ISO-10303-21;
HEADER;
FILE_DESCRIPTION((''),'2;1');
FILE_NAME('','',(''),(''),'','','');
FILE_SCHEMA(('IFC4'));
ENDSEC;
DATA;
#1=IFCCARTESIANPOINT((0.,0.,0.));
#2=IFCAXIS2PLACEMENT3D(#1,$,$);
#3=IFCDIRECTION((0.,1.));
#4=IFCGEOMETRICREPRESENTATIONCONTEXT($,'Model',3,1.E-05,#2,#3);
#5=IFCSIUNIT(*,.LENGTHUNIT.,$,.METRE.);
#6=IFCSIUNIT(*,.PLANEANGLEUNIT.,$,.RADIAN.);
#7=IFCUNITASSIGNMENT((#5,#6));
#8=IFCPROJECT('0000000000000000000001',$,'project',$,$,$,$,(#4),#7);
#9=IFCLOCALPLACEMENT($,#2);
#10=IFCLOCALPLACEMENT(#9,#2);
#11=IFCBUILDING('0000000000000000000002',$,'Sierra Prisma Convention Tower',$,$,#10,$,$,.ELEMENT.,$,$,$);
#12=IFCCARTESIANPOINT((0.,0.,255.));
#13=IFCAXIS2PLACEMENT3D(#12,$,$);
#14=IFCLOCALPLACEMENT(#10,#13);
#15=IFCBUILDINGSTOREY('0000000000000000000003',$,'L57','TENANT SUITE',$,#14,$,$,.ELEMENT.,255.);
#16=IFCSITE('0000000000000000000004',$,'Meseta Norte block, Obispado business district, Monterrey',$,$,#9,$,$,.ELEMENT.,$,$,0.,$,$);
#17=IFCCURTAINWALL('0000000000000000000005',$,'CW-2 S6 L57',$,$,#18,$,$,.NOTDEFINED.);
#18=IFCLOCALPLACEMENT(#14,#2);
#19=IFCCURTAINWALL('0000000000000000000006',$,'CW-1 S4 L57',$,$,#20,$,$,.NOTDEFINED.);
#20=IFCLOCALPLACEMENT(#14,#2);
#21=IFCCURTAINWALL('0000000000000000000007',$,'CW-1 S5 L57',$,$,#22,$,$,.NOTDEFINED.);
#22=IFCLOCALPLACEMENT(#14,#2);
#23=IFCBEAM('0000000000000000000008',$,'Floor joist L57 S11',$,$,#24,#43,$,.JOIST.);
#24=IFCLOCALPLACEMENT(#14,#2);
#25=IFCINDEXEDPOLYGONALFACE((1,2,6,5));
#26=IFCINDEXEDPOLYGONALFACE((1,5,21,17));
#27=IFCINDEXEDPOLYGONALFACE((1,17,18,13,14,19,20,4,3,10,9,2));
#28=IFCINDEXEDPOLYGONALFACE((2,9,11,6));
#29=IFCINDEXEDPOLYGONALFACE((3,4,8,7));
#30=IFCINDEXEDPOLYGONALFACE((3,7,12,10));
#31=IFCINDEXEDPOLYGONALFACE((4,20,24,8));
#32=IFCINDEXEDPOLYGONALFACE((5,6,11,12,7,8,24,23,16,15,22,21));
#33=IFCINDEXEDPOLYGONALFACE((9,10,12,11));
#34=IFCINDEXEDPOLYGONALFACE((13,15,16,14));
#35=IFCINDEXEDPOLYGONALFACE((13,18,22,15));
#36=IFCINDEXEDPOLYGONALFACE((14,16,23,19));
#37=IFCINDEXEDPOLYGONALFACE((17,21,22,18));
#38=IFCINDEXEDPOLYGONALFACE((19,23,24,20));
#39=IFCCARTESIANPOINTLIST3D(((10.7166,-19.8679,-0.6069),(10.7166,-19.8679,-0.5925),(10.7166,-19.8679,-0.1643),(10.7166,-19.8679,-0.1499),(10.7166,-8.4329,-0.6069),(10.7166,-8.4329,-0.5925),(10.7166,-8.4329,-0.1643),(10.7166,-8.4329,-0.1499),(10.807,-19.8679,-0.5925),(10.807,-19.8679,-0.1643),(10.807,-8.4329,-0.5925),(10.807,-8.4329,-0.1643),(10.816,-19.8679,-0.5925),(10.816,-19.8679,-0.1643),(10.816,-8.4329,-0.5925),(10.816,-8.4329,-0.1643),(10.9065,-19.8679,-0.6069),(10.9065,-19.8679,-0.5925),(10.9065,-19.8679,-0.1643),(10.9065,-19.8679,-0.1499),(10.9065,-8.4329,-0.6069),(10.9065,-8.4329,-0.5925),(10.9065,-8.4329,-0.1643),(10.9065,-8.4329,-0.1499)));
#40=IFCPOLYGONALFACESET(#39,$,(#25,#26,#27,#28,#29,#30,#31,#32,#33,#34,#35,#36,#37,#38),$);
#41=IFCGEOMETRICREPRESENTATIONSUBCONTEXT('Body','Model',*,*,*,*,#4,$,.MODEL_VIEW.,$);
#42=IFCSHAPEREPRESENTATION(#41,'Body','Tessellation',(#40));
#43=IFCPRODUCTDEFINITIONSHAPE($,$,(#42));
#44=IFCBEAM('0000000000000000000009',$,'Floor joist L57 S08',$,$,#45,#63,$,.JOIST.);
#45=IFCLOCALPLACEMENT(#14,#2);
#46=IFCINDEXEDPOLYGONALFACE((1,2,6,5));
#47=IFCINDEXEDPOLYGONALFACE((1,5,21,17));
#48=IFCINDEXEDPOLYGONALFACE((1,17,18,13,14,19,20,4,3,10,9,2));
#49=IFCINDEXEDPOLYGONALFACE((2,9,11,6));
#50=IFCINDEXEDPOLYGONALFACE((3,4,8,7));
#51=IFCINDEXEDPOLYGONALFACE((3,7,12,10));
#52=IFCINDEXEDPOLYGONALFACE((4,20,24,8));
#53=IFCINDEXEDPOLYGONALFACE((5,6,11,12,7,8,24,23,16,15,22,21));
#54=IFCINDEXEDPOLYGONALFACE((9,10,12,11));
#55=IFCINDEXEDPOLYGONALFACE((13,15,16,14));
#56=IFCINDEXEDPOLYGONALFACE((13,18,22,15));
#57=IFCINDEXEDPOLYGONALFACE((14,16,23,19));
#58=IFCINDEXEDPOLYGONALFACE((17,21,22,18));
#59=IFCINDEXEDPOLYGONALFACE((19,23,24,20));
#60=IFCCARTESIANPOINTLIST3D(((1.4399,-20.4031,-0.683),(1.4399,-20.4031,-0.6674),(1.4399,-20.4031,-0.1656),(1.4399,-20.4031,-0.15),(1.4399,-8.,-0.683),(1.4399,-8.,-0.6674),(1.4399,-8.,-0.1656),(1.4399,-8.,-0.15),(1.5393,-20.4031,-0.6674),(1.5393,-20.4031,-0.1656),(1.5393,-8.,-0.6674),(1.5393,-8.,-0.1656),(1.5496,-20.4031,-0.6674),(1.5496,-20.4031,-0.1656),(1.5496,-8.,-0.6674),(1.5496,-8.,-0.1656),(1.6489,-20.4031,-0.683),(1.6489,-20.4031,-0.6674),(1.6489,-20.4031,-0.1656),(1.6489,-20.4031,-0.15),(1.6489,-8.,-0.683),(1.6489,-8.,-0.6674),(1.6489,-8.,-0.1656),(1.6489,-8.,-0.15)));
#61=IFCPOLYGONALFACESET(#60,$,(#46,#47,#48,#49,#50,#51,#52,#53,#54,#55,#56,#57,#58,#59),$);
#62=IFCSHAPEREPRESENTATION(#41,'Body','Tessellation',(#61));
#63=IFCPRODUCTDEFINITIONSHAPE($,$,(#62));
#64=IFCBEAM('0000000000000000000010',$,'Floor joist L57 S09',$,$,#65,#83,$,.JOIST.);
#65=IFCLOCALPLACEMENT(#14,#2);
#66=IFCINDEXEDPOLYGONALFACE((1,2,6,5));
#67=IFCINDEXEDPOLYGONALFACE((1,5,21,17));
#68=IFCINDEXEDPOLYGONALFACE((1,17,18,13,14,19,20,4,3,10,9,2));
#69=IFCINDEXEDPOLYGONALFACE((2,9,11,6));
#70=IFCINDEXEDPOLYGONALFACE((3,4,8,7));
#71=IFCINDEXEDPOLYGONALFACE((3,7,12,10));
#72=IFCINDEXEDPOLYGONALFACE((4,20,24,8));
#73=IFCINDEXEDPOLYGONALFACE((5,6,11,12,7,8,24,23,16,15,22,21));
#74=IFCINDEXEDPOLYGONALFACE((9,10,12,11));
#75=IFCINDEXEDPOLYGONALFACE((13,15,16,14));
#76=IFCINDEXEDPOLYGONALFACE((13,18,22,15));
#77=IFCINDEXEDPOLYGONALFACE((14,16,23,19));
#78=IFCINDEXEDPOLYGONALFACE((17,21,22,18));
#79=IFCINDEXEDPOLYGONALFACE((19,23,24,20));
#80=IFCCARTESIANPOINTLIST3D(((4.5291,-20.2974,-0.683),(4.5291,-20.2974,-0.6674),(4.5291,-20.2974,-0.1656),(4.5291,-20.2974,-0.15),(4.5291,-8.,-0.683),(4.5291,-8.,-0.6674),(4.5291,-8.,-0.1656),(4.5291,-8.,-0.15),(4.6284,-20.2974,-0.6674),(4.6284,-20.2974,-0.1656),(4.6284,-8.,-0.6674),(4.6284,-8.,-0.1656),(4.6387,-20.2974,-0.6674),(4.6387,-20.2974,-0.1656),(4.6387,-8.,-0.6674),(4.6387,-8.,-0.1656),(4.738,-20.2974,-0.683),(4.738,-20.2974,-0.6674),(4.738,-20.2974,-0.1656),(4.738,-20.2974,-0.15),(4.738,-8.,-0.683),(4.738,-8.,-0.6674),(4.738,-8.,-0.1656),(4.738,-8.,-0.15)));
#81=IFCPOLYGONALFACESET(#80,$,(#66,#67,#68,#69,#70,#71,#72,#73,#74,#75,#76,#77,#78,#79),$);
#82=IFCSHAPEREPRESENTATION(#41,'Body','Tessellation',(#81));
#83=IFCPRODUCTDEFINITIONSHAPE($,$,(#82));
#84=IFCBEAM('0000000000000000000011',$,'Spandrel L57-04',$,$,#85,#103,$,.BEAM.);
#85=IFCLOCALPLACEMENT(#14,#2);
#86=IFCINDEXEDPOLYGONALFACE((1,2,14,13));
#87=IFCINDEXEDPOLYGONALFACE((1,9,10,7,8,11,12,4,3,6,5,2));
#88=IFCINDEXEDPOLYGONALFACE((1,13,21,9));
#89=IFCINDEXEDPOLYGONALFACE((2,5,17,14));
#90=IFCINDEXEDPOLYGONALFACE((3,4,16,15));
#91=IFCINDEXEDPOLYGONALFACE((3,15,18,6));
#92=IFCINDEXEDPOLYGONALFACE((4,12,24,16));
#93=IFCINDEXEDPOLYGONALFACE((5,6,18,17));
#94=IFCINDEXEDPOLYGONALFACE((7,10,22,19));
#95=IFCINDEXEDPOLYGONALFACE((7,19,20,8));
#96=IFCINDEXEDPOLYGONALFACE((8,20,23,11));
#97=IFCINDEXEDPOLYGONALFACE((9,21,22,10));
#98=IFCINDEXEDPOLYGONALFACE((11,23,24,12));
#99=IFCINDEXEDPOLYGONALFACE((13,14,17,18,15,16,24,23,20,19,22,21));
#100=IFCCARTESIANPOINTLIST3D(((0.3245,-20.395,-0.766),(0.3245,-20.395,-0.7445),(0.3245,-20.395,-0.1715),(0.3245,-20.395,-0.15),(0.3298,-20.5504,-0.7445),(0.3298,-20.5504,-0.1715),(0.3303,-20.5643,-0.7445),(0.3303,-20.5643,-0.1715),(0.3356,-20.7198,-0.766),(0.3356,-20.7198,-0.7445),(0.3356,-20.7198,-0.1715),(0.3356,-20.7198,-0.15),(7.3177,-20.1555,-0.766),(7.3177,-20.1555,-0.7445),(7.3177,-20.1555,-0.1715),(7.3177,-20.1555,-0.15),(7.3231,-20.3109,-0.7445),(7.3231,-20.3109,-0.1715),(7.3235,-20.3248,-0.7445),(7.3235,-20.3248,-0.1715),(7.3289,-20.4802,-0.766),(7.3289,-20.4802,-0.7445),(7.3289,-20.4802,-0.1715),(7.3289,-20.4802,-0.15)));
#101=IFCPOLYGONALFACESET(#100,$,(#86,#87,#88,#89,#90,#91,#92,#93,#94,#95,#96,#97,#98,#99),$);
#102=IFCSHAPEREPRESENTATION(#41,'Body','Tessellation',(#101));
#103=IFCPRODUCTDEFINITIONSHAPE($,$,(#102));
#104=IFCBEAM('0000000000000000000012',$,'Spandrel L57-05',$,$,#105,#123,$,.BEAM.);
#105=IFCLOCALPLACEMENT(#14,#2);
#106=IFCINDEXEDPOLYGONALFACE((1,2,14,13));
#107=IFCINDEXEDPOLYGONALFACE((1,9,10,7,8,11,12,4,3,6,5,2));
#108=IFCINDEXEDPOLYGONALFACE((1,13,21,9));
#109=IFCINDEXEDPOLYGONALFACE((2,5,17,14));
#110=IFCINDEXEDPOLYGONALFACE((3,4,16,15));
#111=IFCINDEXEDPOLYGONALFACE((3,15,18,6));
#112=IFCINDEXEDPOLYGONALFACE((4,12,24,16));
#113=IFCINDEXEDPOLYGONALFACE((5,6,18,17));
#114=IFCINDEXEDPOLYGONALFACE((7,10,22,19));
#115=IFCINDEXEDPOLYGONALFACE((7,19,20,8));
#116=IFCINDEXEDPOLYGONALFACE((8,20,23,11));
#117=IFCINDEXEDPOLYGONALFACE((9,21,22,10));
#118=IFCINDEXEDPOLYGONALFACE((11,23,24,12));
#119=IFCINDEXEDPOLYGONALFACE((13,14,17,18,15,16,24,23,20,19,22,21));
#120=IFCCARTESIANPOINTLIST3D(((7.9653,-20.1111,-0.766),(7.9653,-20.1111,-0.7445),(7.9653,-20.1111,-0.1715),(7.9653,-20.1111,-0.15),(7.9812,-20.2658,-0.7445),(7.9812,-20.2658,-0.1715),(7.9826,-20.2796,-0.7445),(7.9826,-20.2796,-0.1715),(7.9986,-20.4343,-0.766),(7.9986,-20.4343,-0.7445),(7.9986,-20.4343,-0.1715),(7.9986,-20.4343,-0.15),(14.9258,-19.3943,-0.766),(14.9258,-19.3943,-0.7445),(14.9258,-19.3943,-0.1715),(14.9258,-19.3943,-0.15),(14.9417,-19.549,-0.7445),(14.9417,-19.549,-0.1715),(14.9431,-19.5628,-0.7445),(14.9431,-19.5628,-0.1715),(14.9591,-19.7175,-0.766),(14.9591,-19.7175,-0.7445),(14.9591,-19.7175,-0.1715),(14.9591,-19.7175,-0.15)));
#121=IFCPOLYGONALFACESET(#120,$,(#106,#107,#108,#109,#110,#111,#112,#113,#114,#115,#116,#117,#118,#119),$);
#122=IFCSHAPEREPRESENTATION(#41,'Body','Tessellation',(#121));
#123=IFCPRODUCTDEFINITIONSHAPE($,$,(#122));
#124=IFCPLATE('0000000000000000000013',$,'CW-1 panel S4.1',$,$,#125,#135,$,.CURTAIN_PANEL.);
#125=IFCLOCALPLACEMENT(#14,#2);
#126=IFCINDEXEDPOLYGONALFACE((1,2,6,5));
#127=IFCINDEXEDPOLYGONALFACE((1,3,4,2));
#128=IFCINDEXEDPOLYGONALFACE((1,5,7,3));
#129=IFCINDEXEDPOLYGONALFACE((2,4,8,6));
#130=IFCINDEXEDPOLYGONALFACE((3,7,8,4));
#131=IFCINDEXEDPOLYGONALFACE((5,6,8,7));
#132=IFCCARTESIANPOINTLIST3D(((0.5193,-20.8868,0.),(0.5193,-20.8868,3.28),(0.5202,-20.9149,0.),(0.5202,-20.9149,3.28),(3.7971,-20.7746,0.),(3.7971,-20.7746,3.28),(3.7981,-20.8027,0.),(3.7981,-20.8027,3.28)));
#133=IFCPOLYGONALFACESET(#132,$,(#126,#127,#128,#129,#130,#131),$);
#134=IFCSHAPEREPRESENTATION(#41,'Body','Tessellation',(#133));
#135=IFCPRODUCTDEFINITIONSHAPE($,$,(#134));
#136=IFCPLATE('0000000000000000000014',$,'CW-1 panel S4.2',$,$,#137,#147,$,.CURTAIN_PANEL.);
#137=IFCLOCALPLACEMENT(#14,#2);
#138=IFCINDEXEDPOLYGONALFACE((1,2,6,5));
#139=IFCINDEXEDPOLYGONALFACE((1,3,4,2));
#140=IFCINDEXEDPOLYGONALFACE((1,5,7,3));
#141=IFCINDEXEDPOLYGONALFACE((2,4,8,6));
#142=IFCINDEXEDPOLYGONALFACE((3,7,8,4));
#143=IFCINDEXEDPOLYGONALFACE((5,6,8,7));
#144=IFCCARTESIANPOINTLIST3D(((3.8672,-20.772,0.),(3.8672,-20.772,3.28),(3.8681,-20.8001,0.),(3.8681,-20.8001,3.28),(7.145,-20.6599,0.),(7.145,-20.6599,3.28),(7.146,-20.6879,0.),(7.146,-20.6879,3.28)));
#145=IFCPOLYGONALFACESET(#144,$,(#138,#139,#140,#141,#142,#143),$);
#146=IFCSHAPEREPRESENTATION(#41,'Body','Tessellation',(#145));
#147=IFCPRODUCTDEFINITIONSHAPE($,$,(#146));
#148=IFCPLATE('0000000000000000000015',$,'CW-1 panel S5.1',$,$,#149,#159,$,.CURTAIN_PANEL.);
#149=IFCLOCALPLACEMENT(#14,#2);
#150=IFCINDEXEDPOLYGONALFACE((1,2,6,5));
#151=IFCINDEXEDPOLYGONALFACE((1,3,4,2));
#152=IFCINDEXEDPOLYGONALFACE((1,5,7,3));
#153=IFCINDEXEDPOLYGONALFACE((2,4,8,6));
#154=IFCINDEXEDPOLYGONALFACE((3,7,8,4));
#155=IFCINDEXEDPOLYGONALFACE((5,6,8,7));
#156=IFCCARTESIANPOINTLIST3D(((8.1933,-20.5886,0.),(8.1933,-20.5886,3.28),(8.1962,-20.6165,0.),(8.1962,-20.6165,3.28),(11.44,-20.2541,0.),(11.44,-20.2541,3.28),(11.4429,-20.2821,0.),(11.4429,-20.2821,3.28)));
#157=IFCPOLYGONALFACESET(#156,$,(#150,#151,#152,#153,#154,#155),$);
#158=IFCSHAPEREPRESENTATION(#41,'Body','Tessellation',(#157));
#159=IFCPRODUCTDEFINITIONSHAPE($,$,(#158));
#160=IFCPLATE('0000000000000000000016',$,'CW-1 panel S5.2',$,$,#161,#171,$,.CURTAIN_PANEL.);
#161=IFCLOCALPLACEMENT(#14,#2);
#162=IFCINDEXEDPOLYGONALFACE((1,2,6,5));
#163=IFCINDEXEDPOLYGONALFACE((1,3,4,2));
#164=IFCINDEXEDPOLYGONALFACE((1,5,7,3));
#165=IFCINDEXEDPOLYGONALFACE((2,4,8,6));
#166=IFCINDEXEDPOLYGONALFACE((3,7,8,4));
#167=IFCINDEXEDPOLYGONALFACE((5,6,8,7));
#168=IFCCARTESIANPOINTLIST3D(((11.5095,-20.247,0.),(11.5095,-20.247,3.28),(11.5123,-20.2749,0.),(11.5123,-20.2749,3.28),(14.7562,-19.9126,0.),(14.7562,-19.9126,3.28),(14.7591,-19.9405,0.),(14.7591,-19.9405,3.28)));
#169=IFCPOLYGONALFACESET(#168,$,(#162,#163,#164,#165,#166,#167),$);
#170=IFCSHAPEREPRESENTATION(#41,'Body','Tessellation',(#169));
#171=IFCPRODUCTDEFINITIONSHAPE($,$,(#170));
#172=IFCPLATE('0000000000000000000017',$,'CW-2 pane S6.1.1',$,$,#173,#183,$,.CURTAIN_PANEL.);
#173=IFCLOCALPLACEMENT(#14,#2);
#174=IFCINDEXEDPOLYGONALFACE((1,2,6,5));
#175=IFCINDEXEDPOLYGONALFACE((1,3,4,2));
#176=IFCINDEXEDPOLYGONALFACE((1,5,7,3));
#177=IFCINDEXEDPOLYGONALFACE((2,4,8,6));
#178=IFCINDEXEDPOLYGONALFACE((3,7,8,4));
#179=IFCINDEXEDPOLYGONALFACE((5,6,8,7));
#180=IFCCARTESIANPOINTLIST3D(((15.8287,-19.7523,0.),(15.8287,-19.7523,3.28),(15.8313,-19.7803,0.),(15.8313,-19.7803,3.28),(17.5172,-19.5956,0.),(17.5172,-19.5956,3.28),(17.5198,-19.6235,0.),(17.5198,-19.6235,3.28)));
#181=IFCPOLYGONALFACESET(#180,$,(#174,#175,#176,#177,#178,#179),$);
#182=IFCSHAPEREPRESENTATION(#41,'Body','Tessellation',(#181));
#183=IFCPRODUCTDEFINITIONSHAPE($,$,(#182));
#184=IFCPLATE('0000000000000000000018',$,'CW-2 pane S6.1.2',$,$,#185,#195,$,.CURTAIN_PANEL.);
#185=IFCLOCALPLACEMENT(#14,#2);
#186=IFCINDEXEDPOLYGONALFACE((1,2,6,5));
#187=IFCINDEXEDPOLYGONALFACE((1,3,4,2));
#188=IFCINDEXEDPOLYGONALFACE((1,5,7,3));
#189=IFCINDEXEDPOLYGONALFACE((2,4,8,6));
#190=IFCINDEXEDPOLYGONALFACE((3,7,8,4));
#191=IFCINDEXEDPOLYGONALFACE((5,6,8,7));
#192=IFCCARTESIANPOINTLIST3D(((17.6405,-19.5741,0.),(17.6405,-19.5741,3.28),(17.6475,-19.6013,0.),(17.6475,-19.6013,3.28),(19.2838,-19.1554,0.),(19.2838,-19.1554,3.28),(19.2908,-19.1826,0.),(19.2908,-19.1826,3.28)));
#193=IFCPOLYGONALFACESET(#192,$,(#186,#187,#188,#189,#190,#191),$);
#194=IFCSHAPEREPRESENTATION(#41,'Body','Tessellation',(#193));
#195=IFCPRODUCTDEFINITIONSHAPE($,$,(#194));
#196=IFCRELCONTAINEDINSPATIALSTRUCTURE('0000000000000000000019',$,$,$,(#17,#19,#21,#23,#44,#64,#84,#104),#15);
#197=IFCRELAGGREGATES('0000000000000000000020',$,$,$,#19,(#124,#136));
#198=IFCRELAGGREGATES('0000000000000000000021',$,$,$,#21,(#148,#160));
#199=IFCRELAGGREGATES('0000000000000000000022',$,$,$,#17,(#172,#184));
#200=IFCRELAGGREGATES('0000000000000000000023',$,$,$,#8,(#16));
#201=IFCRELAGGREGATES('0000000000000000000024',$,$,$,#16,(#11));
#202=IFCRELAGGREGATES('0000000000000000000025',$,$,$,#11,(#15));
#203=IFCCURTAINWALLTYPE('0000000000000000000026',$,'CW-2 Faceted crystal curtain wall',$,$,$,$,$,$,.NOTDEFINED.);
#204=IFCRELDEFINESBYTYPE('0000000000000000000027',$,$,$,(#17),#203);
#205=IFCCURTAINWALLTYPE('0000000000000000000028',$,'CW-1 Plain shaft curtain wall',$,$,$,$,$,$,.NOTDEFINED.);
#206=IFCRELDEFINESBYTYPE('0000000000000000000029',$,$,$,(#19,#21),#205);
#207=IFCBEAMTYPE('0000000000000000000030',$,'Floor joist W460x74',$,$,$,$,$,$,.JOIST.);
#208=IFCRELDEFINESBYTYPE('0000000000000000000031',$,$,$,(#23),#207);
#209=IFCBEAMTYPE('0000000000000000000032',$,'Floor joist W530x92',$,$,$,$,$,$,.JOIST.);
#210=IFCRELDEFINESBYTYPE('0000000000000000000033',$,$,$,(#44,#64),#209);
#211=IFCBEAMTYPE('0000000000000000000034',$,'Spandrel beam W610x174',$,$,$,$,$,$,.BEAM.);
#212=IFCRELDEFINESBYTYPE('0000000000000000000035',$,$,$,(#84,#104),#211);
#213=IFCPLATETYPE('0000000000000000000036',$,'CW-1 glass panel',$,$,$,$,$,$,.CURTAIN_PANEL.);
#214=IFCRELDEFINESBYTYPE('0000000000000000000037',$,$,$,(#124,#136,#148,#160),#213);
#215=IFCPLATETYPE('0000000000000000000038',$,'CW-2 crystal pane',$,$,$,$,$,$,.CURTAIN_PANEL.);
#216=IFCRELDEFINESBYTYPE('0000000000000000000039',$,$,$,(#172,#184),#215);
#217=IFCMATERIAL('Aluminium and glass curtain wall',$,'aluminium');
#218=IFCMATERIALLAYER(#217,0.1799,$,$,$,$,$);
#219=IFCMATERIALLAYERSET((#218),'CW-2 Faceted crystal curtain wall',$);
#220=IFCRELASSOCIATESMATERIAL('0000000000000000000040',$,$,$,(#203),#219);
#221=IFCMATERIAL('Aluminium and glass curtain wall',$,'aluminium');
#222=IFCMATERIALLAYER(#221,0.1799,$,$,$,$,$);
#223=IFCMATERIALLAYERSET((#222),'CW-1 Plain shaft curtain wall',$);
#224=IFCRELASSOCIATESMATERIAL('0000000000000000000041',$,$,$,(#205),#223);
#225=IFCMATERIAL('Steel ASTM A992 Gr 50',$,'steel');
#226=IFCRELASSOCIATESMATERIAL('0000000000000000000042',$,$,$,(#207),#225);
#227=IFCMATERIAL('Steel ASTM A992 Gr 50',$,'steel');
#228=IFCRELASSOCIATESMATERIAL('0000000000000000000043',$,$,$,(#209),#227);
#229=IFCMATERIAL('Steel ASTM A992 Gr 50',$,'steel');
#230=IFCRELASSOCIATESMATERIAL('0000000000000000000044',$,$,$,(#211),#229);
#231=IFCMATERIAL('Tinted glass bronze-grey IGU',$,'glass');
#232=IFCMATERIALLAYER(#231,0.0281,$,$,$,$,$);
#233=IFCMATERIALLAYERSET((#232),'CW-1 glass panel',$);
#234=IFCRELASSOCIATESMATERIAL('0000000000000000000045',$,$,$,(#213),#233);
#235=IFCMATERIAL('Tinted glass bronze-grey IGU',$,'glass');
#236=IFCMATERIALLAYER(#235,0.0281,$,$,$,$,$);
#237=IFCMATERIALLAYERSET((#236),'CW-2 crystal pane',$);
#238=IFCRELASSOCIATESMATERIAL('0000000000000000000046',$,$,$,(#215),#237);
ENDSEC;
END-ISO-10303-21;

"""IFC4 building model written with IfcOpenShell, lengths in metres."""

from ifc_helpers import new_model, si_unit, direction, frame, origin, origin_2d, place, context, subcontext, project, spatial, polyline, rectangle, i_section, outline, extrude, material, layer, layer_set, material_profile, profile_set, type_object, element, aggregate, save


model = new_model("IFC4")

# Units and contexts
model_context = context("Model", 3, precision=1e-05, world=origin(), true_north=direction((0.0, 1.0)))
body_context = subcontext(model_context, "Body", "Model", "MODEL_VIEW")
ifc_project = project(units=[si_unit("LENGTHUNIT", "METRE"), si_unit("PLANEANGLEUNIT", "RADIAN")], contexts=[model_context])

# Site, building, storey
site_placement = place(None, origin())
site = spatial("IfcSite", under=ifc_project, at=site_placement, Name="Meseta Norte block, Obispado business district, Monterrey", CompositionType="ELEMENT", RefElevation=0.0)
building_placement = place(site_placement, origin())
building = spatial("IfcBuilding", under=site, at=building_placement, Name="Sierra Prisma Convention Tower", CompositionType="ELEMENT")
storey_placement = place(building_placement, frame((0.0, 0.0, 255.0)))
storey = spatial("IfcBuildingStorey", under=building, at=storey_placement, Name="L57", Description="TENANT SUITE", CompositionType="ELEMENT", Elevation=255.0)

# Curtain wall
ifc_material_1 = material(Name="Aluminium and glass curtain wall", Category="aluminium")
ifc_layer_1 = layer(ifc_material_1, 0.1799)
ifc_layer_set_1 = layer_set([ifc_layer_1], Name="CW-2 Faceted crystal curtain wall")
curtain_wall_type_1 = type_object("IfcCurtainWallType", Name="CW-2 Faceted crystal curtain wall", PredefinedType="NOTDEFINED", material=ifc_layer_set_1)
curtain_wall_1_placement = place(storey_placement, origin())
curtain_wall_1 = element("IfcCurtainWall", 1, at=curtain_wall_1_placement, inside=storey, type_object=curtain_wall_type_1, Name="CW-2 S6 L57", PredefinedType="NOTDEFINED")

# Curtain walls
ifc_material_2 = material(Name="Aluminium and glass curtain wall", Category="aluminium")
ifc_layer_2 = layer(ifc_material_2, 0.1799)
ifc_layer_set_2 = layer_set([ifc_layer_2], Name="CW-1 Plain shaft curtain wall")
curtain_wall_type_2 = type_object("IfcCurtainWallType", Name="CW-1 Plain shaft curtain wall", PredefinedType="NOTDEFINED", material=ifc_layer_set_2)
curtain_wall_2_placement = place(storey_placement, origin())
curtain_wall_2 = element("IfcCurtainWall", 2, at=curtain_wall_2_placement, inside=storey, type_object=curtain_wall_type_2, Name="CW-1 S4 L57", PredefinedType="NOTDEFINED")
curtain_wall_3_placement = place(storey_placement, origin())
curtain_wall_3 = element("IfcCurtainWall", 3, at=curtain_wall_3_placement, inside=storey, type_object=curtain_wall_type_2, Name="CW-1 S5 L57", PredefinedType="NOTDEFINED")

# Beams
ifc_material_3 = material(Name="Steel ASTM A992 Gr 50", Category="steel")
ifc_material_profile_1 = material_profile(ifc_material_3, i_section(OverallWidth=0.1899, OverallDepth=0.457, WebThickness=0.009, FlangeThickness=0.0144, at=origin_2d()), Name="W460x74")
ifc_profile_set_1 = profile_set([ifc_material_profile_1], Name="Steel ASTM A992 Gr 50")
beam_type_1 = type_object("IfcBeamType", Name="Floor joist W460x74", PredefinedType="JOIST", material=ifc_profile_set_1)
beam_1_placement = place(storey_placement, frame((10.8115, -19.8679, -0.3784), z_axis=(0.0, 1.0, 0.0), x_axis=(-1.0, 0.0, 0.0)))
element("IfcBeam", 4, at=beam_1_placement, inside=storey, type_object=beam_type_1, Name="Floor joist L57 S11", PredefinedType="JOIST", context=body_context, shape_type="SweptSolid", body=[
    extrude(i_section(OverallWidth=0.1899, OverallDepth=0.457, WebThickness=0.009, FlangeThickness=0.0144, at=origin_2d()), origin(), (0.0, 0.0, 1.0), 11.4351),
])
ifc_material_4 = material(Name="Steel ASTM A992 Gr 50", Category="steel")
ifc_material_profile_2 = material_profile(ifc_material_4, i_section(OverallWidth=0.209, OverallDepth=0.533, WebThickness=0.0103, FlangeThickness=0.0156, at=origin_2d()), Name="W530x92")
ifc_profile_set_2 = profile_set([ifc_material_profile_2], Name="Steel ASTM A992 Gr 50")
beam_type_2 = type_object("IfcBeamType", Name="Floor joist W530x92", PredefinedType="JOIST", material=ifc_profile_set_2)
beam_2_placement = place(storey_placement, frame((1.5444, -20.4031, -0.4165), z_axis=(0.0, 1.0, 0.0), x_axis=(-1.0, 0.0, 0.0)))
element("IfcBeam", 5, at=beam_2_placement, inside=storey, type_object=beam_type_2, Name="Floor joist L57 S08", PredefinedType="JOIST", context=body_context, shape_type="SweptSolid", body=[
    extrude(i_section(OverallWidth=0.209, OverallDepth=0.533, WebThickness=0.0103, FlangeThickness=0.0156, at=origin_2d()), origin(), (0.0, 0.0, 1.0), 12.4031),
])
beam_3_placement = place(storey_placement, frame((4.6335, -20.2974, -0.4165), z_axis=(0.0, 1.0, 0.0), x_axis=(-1.0, 0.0, 0.0)))
element("IfcBeam", 6, at=beam_3_placement, inside=storey, type_object=beam_type_2, Name="Floor joist L57 S09", PredefinedType="JOIST", context=body_context, shape_type="SweptSolid", body=[
    extrude(i_section(OverallWidth=0.209, OverallDepth=0.533, WebThickness=0.0103, FlangeThickness=0.0156, at=origin_2d()), origin(), (0.0, 0.0, 1.0), 12.2974),
])
ifc_material_5 = material(Name="Steel ASTM A992 Gr 50", Category="steel")
ifc_material_profile_3 = material_profile(ifc_material_5, i_section(OverallWidth=0.325, OverallDepth=0.616, WebThickness=0.0139, FlangeThickness=0.0215, at=origin_2d()), Name="W610x174")
ifc_profile_set_3 = profile_set([ifc_material_profile_3], Name="Steel ASTM A992 Gr 50")
beam_type_3 = type_object("IfcBeamType", Name="Spandrel beam W610x174", PredefinedType="BEAM", material=ifc_profile_set_3)
for number, where, z_axis, x_axis, name in (
    (7, (0.3301, -20.5574, -0.458), (0.999414, 0.034228, 0.0), (-0.034228, 0.999414, 0.0), "Spandrel L57-04"),
    (8, (7.9819, -20.2727, -0.458), (0.994739, 0.10244, 0.0), (-0.10244, 0.994739, 0.0), "Spandrel L57-05"),
):
    element("IfcBeam", number, at=place(storey_placement, frame(where, z_axis=z_axis, x_axis=x_axis)), inside=storey, type_object=beam_type_3, Name=name, PredefinedType="BEAM", context=body_context, shape_type="SweptSolid", body=[
        extrude(i_section(OverallWidth=0.325, OverallDepth=0.616, WebThickness=0.0139, FlangeThickness=0.0215, at=origin_2d()), origin(), (0.0, 0.0, 1.0), 6.9973),
    ])

# Plates
ifc_material_6 = material(Name="Tinted glass bronze-grey IGU", Category="glass")
ifc_layer_3 = layer(ifc_material_6, 0.0281)
ifc_layer_set_3 = layer_set([ifc_layer_3], Name="CW-1 glass panel")
plate_type_1 = type_object("IfcPlateType", Name="CW-1 glass panel", PredefinedType="CURTAIN_PANEL", material=ifc_layer_set_3)
plate_1_placement = place(storey_placement, frame((2.1587, -20.8447, 0.0), z_axis=(0.0, 0.0, 1.0), x_axis=(0.999415, 0.034207, 0.0)))
plate_1 = element("IfcPlate", 9, at=plate_1_placement, type_object=plate_type_1, Name="CW-1 panel S4.1", PredefinedType="CURTAIN_PANEL", context=body_context, shape_type="SweptSolid", body=[
    extrude(rectangle(XDim=3.2798, YDim=0.0281, at=origin_2d()), origin(), (0.0, 0.0, 1.0), 3.28),
])
plate_2_placement = place(storey_placement, frame((5.5066, -20.73, 0.0), z_axis=(0.0, 0.0, 1.0), x_axis=(0.999415, 0.034207, 0.0)))
plate_2 = element("IfcPlate", 10, at=plate_2_placement, type_object=plate_type_1, Name="CW-1 panel S4.2", PredefinedType="CURTAIN_PANEL", context=body_context, shape_type="SweptSolid", body=[
    extrude(rectangle(XDim=3.2798, YDim=0.0281, at=origin_2d()), origin(), (0.0, 0.0, 1.0), 3.28),
])
aggregate(curtain_wall_2, [plate_1, plate_2])
plate_3_placement = place(storey_placement, frame((9.8181, -20.4353, 0.0), z_axis=(0.0, 0.0, 1.0), x_axis=(0.994737, 0.102461, 0.0)))
plate_3 = element("IfcPlate", 11, at=plate_3_placement, type_object=plate_type_1, Name="CW-1 panel S5.1", PredefinedType="CURTAIN_PANEL", context=body_context, shape_type="SweptSolid", body=[
    extrude(rectangle(XDim=3.2639, YDim=0.0281, at=origin_2d()), origin(), (0.0, 0.0, 1.0), 3.28),
])
plate_4_placement = place(storey_placement, frame((13.1343, -20.0938, 0.0), z_axis=(0.0, 0.0, 1.0), x_axis=(0.994737, 0.102461, 0.0)))
plate_4 = element("IfcPlate", 12, at=plate_4_placement, type_object=plate_type_1, Name="CW-1 panel S5.2", PredefinedType="CURTAIN_PANEL", context=body_context, shape_type="SweptSolid", body=[
    extrude(rectangle(XDim=3.2639, YDim=0.0281, at=origin_2d()), origin(), (0.0, 0.0, 1.0), 3.28),
])
aggregate(curtain_wall_3, [plate_3, plate_4])
ifc_material_7 = material(Name="Tinted glass bronze-grey IGU", Category="glass")
ifc_layer_4 = layer(ifc_material_7, 0.0281)
ifc_layer_set_4 = layer_set([ifc_layer_4], Name="CW-2 crystal pane")
plate_type_2 = type_object("IfcPlateType", Name="CW-2 crystal pane", PredefinedType="CURTAIN_PANEL", material=ifc_layer_set_4)
plate_5_placement = place(storey_placement, frame((15.8313, -19.7803, 0.0), z_axis=(0.092431, -0.995719, 0.0), x_axis=(0.995719, 0.092431, 0.0)))
plate_5 = element("IfcPlate", 13, at=plate_5_placement, type_object=plate_type_2, Name="CW-2 pane S6.1.1", PredefinedType="CURTAIN_PANEL", context=body_context, shape_type="SweptSolid", body=[
    extrude(outline(polyline([(0.0, 0.0), (1.6957, 0.0), (1.6957, 3.28), (0.0, 3.28), (0.0, 0.0)])), origin(), (0.0, 0.0, -1.0), 0.0281),
])
plate_6_placement = place(storey_placement, frame((19.2908, -19.1826, 0.0), z_axis=(0.246903, -0.96904, 0.0), x_axis=(-0.96904, -0.246903, 0.0)))
plate_6 = element("IfcPlate", 14, at=plate_6_placement, type_object=plate_type_2, Name="CW-2 pane S6.1.2", PredefinedType="CURTAIN_PANEL", context=body_context, shape_type="SweptSolid", body=[
    extrude(outline(polyline([(0.0, 0.0), (1.6958, 0.0), (1.6958, -3.28), (0.0, -3.28), (0.0, 0.0)])), origin(), (0.0, 0.0, -1.0), 0.0281),
])
aggregate(curtain_wall_1, [plate_5, plate_6])

save(model, "model.ifc")
